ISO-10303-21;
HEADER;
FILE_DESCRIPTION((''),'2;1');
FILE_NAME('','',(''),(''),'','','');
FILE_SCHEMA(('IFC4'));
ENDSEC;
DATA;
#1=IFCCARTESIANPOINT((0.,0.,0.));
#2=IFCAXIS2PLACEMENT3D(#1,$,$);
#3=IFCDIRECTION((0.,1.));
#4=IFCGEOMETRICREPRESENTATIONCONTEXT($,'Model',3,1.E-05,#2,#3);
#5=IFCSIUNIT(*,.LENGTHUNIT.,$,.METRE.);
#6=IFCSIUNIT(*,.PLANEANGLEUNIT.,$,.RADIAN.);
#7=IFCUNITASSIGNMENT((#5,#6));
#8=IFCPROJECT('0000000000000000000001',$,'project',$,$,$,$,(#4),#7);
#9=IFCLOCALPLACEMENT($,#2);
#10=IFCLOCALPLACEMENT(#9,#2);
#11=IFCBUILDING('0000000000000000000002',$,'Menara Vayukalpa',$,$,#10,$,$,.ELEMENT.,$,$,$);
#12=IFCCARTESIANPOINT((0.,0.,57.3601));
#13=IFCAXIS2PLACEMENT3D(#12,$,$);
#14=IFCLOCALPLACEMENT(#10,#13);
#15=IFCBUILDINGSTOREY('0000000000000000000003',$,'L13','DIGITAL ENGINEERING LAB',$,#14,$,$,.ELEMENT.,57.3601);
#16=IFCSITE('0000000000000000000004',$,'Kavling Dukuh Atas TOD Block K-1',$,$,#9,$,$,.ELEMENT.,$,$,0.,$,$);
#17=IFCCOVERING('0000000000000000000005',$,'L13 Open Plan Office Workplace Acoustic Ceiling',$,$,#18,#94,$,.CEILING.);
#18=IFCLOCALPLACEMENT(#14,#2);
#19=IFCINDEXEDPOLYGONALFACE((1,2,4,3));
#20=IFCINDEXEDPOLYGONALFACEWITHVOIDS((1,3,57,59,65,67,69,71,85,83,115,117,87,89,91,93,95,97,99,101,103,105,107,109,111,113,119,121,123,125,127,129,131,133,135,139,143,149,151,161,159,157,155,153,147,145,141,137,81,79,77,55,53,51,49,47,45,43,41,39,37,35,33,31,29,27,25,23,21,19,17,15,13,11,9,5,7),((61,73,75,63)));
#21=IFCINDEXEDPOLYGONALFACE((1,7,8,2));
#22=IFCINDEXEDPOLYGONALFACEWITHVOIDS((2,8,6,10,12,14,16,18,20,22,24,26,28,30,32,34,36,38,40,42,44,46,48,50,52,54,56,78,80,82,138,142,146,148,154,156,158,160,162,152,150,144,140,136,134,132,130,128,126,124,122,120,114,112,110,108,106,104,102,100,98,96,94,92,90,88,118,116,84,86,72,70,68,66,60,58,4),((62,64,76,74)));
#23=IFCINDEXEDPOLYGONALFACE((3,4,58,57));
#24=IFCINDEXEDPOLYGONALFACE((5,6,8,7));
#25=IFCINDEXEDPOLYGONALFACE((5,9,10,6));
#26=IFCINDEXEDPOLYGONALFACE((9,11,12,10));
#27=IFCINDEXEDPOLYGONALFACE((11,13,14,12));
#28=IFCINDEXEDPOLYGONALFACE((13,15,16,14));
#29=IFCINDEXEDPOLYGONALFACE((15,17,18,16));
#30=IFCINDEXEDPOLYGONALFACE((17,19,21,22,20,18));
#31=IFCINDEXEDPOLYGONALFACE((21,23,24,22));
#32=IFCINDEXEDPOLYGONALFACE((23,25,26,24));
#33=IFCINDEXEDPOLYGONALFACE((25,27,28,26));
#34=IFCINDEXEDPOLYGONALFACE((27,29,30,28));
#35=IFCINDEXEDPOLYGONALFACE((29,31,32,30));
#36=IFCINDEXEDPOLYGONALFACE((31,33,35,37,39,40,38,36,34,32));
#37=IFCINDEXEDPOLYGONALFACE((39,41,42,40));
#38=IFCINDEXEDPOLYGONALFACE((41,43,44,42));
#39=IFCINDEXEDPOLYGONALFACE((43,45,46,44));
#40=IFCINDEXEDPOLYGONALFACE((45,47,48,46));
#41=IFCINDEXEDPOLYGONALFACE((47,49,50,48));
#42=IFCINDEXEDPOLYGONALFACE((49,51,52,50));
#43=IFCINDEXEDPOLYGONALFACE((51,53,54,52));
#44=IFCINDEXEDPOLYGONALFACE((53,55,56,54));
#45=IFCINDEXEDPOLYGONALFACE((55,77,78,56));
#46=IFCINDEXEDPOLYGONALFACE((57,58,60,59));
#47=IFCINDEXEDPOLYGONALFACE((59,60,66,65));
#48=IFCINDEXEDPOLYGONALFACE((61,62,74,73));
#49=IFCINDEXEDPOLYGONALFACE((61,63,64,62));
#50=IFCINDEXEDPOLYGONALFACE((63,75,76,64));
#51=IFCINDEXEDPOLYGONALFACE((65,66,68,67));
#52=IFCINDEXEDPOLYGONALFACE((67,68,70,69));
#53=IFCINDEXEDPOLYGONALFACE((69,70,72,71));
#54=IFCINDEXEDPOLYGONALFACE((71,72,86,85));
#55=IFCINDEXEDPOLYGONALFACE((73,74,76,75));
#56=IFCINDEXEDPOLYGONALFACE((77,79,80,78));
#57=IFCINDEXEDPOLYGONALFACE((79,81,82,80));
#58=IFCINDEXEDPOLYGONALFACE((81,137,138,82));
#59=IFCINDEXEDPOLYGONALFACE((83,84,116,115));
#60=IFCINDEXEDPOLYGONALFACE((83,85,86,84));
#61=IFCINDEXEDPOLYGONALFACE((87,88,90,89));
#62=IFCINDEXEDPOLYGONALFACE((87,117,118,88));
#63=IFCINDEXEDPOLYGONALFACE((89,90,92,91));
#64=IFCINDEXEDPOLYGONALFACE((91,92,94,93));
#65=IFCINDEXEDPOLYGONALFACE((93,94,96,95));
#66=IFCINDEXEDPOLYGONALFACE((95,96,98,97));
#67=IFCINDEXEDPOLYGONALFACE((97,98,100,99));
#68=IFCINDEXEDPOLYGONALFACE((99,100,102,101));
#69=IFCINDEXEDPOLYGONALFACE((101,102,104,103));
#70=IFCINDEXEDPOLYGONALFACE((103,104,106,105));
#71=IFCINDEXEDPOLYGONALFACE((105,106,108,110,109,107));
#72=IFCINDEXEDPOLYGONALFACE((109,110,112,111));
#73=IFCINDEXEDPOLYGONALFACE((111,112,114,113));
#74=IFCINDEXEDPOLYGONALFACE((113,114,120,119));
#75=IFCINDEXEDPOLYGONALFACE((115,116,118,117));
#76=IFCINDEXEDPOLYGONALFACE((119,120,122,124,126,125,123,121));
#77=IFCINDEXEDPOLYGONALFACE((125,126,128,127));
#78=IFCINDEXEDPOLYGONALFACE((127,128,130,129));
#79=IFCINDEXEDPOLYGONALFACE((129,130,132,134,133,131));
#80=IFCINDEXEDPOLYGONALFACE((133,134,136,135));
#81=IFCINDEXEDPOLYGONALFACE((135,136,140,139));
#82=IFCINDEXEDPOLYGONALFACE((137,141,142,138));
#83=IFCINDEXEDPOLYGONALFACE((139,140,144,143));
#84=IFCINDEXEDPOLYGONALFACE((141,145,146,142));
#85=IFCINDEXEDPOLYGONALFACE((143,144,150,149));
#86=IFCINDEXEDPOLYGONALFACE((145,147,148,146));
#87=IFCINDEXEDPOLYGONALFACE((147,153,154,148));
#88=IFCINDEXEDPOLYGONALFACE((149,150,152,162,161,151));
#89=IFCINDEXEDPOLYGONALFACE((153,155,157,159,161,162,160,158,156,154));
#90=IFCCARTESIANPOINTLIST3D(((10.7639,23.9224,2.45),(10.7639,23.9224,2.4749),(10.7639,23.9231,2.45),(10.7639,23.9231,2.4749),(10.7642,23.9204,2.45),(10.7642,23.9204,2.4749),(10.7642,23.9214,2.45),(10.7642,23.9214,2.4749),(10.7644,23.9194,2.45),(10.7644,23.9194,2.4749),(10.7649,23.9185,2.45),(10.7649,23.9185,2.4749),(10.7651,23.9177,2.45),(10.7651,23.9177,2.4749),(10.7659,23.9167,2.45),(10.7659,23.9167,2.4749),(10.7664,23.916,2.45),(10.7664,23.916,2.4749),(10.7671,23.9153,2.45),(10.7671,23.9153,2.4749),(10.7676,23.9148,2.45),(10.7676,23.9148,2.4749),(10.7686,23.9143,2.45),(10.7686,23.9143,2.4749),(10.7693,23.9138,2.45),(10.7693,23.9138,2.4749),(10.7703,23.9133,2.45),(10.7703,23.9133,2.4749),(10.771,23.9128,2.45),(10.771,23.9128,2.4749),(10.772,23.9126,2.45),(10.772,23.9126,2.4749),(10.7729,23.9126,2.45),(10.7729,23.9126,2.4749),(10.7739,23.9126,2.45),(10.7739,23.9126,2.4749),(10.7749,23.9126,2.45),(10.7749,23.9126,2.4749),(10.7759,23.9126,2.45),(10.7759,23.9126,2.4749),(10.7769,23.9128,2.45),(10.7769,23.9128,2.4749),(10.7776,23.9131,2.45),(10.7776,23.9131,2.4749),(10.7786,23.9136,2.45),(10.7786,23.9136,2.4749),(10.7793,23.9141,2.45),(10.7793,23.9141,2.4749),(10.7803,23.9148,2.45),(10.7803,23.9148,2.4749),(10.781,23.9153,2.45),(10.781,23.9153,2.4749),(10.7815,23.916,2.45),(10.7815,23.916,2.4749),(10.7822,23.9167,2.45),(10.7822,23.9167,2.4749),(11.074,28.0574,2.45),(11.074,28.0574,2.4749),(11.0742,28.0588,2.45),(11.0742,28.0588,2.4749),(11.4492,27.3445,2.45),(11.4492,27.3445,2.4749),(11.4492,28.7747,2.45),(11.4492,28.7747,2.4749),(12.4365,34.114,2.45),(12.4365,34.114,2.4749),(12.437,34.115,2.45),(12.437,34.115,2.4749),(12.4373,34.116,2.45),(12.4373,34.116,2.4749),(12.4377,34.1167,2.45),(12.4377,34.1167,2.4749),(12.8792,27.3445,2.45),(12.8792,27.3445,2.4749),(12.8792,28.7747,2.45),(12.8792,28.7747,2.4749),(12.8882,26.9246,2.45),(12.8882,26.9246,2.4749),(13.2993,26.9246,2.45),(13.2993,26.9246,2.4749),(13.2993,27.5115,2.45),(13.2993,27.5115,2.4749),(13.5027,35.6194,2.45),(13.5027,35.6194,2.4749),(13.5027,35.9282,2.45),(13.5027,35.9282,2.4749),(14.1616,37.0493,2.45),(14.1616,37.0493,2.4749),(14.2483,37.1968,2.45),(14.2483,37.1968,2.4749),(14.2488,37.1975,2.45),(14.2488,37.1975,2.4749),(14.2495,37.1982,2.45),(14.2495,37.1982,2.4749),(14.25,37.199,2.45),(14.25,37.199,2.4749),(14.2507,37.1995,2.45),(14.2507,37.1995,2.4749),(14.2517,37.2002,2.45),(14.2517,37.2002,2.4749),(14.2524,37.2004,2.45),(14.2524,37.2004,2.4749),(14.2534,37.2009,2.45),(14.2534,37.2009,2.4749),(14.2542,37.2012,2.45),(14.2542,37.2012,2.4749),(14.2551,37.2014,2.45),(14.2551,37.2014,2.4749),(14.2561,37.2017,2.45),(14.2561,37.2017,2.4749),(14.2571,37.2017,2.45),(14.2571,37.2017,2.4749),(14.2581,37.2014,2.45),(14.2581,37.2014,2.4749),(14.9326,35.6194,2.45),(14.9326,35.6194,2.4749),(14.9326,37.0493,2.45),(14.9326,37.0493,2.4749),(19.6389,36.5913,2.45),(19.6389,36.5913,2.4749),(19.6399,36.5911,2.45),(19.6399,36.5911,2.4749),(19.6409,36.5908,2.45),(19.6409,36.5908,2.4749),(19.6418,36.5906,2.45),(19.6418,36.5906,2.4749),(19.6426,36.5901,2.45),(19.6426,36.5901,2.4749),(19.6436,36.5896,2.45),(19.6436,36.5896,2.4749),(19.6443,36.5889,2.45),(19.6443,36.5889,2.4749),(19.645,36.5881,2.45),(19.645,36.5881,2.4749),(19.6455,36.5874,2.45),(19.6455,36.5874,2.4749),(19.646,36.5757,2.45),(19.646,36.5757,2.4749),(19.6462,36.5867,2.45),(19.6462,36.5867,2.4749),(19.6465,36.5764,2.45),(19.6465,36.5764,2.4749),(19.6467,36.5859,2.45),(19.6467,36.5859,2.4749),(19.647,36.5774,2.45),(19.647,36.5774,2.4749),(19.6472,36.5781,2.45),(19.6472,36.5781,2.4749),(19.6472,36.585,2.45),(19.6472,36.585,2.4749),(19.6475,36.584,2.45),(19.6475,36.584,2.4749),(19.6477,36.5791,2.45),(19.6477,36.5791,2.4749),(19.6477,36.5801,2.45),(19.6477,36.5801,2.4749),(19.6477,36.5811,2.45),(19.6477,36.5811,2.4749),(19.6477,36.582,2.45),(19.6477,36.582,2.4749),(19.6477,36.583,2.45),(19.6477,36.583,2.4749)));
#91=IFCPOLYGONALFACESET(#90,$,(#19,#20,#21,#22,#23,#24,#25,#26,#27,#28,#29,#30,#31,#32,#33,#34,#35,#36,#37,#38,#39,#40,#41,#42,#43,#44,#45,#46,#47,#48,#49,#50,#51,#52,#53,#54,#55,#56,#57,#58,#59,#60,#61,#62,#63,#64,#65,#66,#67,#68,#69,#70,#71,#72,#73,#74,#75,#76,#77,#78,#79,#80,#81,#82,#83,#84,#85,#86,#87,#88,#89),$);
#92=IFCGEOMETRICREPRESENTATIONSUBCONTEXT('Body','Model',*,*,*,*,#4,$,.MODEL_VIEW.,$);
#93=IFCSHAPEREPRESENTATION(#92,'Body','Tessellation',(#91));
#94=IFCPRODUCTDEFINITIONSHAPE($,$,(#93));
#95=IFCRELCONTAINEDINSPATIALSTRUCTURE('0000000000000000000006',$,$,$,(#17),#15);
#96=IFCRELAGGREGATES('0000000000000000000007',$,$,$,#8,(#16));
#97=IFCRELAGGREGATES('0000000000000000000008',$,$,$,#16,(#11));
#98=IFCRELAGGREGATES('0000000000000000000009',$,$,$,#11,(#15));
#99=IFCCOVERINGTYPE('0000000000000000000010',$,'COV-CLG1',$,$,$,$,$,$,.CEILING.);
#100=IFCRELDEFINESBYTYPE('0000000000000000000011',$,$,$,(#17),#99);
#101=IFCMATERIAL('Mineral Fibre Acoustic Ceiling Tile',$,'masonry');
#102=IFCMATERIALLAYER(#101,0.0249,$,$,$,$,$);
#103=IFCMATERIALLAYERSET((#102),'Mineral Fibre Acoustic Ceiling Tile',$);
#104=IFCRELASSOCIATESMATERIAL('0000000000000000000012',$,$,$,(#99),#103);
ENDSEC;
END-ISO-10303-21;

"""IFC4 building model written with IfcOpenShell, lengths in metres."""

from ifc_helpers import new_model, si_unit, direction, frame, origin, place, context, subcontext, project, spatial, polyline, outline, extrude, material, layer, layer_set, type_object, element, save


model = new_model("IFC4")

# Units and contexts
model_context = context("Model", 3, precision=1e-05, world=origin(), true_north=direction((0.0, 1.0)))
body_context = subcontext(model_context, "Body", "Model", "MODEL_VIEW")
ifc_project = project(units=[si_unit("LENGTHUNIT", "METRE"), si_unit("PLANEANGLEUNIT", "RADIAN")], contexts=[model_context])

# Site, building, storey
site_placement = place(None, origin())
site = spatial("IfcSite", under=ifc_project, at=site_placement, Name="Kavling Dukuh Atas TOD Block K-1", CompositionType="ELEMENT", RefElevation=0.0)
building_placement = place(site_placement, origin())
building = spatial("IfcBuilding", under=site, at=building_placement, Name="Menara Vayukalpa", CompositionType="ELEMENT")
storey_placement = place(building_placement, frame((0.0, 0.0, 57.3601)))
storey = spatial("IfcBuildingStorey", under=building, at=storey_placement, Name="L13", Description="DIGITAL ENGINEERING LAB", CompositionType="ELEMENT", Elevation=57.3601)

# Covering
ifc_material_1 = material(Name="Mineral Fibre Acoustic Ceiling Tile", Category="masonry")
ifc_layer_1 = layer(ifc_material_1, 0.0249)
ifc_layer_set_1 = layer_set([ifc_layer_1], Name="Mineral Fibre Acoustic Ceiling Tile")
covering_type_1 = type_object("IfcCoveringType", Name="COV-CLG1", PredefinedType="CEILING", material=ifc_layer_set_1)
covering_1_placement = place(storey_placement, frame((0.0, 0.0, 2.45)))
element("IfcCovering", 1, at=covering_1_placement, inside=storey, type_object=covering_type_1, Name="L13 Open Plan Office Workplace Acoustic Ceiling", PredefinedType="CEILING", context=body_context, shape_type="SweptSolid", body=[
    extrude(outline(polyline([(12.8882, 26.9246), (10.7822, 23.9167), (10.7815, 23.916), (10.781, 23.9153), (10.7803, 23.9148), (10.7793, 23.9141), (10.7786, 23.9136), (10.7776, 23.9131), (10.7769, 23.9128), (10.7759, 23.9126), (10.7749, 23.9126), (10.7739, 23.9126), (10.7729, 23.9126), (10.772, 23.9126), (10.771, 23.9128), (10.7703, 23.9133), (10.7693, 23.9138), (10.7686, 23.9143), (10.7676, 23.9148), (10.7671, 23.9153), (10.7664, 23.916), (10.7659, 23.9167), (10.7651, 23.9177), (10.7649, 23.9185), (10.7644, 23.9194), (10.7642, 23.9204), (10.7642, 23.9214), (10.7639, 23.9224), (10.7639, 23.9231), (11.074, 28.0574), (11.0742, 28.0588), (12.4365, 34.114), (12.437, 34.115), (12.4373, 34.116), (12.4377, 34.1167), (13.5027, 35.9282), (13.5027, 35.6194), (14.9326, 35.6194), (14.9326, 37.0493), (14.1616, 37.0493), (14.2483, 37.1968), (14.2488, 37.1975), (14.2495, 37.1982), (14.25, 37.199), (14.2507, 37.1995), (14.2517, 37.2002), (14.2524, 37.2004), (14.2534, 37.2009), (14.2542, 37.2012), (14.2551, 37.2014), (14.2561, 37.2017), (14.2571, 37.2017), (14.2581, 37.2014), (19.6389, 36.5913), (19.6399, 36.5911), (19.6409, 36.5908), (19.6418, 36.5906), (19.6426, 36.5901), (19.6436, 36.5896), (19.6443, 36.5889), (19.645, 36.5881), (19.6455, 36.5874), (19.6462, 36.5867), (19.6467, 36.5859), (19.6472, 36.585), (19.6475, 36.584), (19.6477, 36.583), (19.6477, 36.582), (19.6477, 36.5811), (19.6477, 36.5801), (19.6477, 36.5791), (19.6472, 36.5781), (19.647, 36.5774), (19.6465, 36.5764), (19.646, 36.5757), (13.2993, 27.5115), (13.2993, 26.9246), (12.8882, 26.9246)]), holes=[polyline([(12.8792, 28.7747), (11.4492, 28.7747), (11.4492, 27.3445), (12.8792, 27.3445), (12.8792, 28.7747)])]), origin(), (0.0, 0.0, 1.0), 0.0249),
])

save(model, "model.ifc")
